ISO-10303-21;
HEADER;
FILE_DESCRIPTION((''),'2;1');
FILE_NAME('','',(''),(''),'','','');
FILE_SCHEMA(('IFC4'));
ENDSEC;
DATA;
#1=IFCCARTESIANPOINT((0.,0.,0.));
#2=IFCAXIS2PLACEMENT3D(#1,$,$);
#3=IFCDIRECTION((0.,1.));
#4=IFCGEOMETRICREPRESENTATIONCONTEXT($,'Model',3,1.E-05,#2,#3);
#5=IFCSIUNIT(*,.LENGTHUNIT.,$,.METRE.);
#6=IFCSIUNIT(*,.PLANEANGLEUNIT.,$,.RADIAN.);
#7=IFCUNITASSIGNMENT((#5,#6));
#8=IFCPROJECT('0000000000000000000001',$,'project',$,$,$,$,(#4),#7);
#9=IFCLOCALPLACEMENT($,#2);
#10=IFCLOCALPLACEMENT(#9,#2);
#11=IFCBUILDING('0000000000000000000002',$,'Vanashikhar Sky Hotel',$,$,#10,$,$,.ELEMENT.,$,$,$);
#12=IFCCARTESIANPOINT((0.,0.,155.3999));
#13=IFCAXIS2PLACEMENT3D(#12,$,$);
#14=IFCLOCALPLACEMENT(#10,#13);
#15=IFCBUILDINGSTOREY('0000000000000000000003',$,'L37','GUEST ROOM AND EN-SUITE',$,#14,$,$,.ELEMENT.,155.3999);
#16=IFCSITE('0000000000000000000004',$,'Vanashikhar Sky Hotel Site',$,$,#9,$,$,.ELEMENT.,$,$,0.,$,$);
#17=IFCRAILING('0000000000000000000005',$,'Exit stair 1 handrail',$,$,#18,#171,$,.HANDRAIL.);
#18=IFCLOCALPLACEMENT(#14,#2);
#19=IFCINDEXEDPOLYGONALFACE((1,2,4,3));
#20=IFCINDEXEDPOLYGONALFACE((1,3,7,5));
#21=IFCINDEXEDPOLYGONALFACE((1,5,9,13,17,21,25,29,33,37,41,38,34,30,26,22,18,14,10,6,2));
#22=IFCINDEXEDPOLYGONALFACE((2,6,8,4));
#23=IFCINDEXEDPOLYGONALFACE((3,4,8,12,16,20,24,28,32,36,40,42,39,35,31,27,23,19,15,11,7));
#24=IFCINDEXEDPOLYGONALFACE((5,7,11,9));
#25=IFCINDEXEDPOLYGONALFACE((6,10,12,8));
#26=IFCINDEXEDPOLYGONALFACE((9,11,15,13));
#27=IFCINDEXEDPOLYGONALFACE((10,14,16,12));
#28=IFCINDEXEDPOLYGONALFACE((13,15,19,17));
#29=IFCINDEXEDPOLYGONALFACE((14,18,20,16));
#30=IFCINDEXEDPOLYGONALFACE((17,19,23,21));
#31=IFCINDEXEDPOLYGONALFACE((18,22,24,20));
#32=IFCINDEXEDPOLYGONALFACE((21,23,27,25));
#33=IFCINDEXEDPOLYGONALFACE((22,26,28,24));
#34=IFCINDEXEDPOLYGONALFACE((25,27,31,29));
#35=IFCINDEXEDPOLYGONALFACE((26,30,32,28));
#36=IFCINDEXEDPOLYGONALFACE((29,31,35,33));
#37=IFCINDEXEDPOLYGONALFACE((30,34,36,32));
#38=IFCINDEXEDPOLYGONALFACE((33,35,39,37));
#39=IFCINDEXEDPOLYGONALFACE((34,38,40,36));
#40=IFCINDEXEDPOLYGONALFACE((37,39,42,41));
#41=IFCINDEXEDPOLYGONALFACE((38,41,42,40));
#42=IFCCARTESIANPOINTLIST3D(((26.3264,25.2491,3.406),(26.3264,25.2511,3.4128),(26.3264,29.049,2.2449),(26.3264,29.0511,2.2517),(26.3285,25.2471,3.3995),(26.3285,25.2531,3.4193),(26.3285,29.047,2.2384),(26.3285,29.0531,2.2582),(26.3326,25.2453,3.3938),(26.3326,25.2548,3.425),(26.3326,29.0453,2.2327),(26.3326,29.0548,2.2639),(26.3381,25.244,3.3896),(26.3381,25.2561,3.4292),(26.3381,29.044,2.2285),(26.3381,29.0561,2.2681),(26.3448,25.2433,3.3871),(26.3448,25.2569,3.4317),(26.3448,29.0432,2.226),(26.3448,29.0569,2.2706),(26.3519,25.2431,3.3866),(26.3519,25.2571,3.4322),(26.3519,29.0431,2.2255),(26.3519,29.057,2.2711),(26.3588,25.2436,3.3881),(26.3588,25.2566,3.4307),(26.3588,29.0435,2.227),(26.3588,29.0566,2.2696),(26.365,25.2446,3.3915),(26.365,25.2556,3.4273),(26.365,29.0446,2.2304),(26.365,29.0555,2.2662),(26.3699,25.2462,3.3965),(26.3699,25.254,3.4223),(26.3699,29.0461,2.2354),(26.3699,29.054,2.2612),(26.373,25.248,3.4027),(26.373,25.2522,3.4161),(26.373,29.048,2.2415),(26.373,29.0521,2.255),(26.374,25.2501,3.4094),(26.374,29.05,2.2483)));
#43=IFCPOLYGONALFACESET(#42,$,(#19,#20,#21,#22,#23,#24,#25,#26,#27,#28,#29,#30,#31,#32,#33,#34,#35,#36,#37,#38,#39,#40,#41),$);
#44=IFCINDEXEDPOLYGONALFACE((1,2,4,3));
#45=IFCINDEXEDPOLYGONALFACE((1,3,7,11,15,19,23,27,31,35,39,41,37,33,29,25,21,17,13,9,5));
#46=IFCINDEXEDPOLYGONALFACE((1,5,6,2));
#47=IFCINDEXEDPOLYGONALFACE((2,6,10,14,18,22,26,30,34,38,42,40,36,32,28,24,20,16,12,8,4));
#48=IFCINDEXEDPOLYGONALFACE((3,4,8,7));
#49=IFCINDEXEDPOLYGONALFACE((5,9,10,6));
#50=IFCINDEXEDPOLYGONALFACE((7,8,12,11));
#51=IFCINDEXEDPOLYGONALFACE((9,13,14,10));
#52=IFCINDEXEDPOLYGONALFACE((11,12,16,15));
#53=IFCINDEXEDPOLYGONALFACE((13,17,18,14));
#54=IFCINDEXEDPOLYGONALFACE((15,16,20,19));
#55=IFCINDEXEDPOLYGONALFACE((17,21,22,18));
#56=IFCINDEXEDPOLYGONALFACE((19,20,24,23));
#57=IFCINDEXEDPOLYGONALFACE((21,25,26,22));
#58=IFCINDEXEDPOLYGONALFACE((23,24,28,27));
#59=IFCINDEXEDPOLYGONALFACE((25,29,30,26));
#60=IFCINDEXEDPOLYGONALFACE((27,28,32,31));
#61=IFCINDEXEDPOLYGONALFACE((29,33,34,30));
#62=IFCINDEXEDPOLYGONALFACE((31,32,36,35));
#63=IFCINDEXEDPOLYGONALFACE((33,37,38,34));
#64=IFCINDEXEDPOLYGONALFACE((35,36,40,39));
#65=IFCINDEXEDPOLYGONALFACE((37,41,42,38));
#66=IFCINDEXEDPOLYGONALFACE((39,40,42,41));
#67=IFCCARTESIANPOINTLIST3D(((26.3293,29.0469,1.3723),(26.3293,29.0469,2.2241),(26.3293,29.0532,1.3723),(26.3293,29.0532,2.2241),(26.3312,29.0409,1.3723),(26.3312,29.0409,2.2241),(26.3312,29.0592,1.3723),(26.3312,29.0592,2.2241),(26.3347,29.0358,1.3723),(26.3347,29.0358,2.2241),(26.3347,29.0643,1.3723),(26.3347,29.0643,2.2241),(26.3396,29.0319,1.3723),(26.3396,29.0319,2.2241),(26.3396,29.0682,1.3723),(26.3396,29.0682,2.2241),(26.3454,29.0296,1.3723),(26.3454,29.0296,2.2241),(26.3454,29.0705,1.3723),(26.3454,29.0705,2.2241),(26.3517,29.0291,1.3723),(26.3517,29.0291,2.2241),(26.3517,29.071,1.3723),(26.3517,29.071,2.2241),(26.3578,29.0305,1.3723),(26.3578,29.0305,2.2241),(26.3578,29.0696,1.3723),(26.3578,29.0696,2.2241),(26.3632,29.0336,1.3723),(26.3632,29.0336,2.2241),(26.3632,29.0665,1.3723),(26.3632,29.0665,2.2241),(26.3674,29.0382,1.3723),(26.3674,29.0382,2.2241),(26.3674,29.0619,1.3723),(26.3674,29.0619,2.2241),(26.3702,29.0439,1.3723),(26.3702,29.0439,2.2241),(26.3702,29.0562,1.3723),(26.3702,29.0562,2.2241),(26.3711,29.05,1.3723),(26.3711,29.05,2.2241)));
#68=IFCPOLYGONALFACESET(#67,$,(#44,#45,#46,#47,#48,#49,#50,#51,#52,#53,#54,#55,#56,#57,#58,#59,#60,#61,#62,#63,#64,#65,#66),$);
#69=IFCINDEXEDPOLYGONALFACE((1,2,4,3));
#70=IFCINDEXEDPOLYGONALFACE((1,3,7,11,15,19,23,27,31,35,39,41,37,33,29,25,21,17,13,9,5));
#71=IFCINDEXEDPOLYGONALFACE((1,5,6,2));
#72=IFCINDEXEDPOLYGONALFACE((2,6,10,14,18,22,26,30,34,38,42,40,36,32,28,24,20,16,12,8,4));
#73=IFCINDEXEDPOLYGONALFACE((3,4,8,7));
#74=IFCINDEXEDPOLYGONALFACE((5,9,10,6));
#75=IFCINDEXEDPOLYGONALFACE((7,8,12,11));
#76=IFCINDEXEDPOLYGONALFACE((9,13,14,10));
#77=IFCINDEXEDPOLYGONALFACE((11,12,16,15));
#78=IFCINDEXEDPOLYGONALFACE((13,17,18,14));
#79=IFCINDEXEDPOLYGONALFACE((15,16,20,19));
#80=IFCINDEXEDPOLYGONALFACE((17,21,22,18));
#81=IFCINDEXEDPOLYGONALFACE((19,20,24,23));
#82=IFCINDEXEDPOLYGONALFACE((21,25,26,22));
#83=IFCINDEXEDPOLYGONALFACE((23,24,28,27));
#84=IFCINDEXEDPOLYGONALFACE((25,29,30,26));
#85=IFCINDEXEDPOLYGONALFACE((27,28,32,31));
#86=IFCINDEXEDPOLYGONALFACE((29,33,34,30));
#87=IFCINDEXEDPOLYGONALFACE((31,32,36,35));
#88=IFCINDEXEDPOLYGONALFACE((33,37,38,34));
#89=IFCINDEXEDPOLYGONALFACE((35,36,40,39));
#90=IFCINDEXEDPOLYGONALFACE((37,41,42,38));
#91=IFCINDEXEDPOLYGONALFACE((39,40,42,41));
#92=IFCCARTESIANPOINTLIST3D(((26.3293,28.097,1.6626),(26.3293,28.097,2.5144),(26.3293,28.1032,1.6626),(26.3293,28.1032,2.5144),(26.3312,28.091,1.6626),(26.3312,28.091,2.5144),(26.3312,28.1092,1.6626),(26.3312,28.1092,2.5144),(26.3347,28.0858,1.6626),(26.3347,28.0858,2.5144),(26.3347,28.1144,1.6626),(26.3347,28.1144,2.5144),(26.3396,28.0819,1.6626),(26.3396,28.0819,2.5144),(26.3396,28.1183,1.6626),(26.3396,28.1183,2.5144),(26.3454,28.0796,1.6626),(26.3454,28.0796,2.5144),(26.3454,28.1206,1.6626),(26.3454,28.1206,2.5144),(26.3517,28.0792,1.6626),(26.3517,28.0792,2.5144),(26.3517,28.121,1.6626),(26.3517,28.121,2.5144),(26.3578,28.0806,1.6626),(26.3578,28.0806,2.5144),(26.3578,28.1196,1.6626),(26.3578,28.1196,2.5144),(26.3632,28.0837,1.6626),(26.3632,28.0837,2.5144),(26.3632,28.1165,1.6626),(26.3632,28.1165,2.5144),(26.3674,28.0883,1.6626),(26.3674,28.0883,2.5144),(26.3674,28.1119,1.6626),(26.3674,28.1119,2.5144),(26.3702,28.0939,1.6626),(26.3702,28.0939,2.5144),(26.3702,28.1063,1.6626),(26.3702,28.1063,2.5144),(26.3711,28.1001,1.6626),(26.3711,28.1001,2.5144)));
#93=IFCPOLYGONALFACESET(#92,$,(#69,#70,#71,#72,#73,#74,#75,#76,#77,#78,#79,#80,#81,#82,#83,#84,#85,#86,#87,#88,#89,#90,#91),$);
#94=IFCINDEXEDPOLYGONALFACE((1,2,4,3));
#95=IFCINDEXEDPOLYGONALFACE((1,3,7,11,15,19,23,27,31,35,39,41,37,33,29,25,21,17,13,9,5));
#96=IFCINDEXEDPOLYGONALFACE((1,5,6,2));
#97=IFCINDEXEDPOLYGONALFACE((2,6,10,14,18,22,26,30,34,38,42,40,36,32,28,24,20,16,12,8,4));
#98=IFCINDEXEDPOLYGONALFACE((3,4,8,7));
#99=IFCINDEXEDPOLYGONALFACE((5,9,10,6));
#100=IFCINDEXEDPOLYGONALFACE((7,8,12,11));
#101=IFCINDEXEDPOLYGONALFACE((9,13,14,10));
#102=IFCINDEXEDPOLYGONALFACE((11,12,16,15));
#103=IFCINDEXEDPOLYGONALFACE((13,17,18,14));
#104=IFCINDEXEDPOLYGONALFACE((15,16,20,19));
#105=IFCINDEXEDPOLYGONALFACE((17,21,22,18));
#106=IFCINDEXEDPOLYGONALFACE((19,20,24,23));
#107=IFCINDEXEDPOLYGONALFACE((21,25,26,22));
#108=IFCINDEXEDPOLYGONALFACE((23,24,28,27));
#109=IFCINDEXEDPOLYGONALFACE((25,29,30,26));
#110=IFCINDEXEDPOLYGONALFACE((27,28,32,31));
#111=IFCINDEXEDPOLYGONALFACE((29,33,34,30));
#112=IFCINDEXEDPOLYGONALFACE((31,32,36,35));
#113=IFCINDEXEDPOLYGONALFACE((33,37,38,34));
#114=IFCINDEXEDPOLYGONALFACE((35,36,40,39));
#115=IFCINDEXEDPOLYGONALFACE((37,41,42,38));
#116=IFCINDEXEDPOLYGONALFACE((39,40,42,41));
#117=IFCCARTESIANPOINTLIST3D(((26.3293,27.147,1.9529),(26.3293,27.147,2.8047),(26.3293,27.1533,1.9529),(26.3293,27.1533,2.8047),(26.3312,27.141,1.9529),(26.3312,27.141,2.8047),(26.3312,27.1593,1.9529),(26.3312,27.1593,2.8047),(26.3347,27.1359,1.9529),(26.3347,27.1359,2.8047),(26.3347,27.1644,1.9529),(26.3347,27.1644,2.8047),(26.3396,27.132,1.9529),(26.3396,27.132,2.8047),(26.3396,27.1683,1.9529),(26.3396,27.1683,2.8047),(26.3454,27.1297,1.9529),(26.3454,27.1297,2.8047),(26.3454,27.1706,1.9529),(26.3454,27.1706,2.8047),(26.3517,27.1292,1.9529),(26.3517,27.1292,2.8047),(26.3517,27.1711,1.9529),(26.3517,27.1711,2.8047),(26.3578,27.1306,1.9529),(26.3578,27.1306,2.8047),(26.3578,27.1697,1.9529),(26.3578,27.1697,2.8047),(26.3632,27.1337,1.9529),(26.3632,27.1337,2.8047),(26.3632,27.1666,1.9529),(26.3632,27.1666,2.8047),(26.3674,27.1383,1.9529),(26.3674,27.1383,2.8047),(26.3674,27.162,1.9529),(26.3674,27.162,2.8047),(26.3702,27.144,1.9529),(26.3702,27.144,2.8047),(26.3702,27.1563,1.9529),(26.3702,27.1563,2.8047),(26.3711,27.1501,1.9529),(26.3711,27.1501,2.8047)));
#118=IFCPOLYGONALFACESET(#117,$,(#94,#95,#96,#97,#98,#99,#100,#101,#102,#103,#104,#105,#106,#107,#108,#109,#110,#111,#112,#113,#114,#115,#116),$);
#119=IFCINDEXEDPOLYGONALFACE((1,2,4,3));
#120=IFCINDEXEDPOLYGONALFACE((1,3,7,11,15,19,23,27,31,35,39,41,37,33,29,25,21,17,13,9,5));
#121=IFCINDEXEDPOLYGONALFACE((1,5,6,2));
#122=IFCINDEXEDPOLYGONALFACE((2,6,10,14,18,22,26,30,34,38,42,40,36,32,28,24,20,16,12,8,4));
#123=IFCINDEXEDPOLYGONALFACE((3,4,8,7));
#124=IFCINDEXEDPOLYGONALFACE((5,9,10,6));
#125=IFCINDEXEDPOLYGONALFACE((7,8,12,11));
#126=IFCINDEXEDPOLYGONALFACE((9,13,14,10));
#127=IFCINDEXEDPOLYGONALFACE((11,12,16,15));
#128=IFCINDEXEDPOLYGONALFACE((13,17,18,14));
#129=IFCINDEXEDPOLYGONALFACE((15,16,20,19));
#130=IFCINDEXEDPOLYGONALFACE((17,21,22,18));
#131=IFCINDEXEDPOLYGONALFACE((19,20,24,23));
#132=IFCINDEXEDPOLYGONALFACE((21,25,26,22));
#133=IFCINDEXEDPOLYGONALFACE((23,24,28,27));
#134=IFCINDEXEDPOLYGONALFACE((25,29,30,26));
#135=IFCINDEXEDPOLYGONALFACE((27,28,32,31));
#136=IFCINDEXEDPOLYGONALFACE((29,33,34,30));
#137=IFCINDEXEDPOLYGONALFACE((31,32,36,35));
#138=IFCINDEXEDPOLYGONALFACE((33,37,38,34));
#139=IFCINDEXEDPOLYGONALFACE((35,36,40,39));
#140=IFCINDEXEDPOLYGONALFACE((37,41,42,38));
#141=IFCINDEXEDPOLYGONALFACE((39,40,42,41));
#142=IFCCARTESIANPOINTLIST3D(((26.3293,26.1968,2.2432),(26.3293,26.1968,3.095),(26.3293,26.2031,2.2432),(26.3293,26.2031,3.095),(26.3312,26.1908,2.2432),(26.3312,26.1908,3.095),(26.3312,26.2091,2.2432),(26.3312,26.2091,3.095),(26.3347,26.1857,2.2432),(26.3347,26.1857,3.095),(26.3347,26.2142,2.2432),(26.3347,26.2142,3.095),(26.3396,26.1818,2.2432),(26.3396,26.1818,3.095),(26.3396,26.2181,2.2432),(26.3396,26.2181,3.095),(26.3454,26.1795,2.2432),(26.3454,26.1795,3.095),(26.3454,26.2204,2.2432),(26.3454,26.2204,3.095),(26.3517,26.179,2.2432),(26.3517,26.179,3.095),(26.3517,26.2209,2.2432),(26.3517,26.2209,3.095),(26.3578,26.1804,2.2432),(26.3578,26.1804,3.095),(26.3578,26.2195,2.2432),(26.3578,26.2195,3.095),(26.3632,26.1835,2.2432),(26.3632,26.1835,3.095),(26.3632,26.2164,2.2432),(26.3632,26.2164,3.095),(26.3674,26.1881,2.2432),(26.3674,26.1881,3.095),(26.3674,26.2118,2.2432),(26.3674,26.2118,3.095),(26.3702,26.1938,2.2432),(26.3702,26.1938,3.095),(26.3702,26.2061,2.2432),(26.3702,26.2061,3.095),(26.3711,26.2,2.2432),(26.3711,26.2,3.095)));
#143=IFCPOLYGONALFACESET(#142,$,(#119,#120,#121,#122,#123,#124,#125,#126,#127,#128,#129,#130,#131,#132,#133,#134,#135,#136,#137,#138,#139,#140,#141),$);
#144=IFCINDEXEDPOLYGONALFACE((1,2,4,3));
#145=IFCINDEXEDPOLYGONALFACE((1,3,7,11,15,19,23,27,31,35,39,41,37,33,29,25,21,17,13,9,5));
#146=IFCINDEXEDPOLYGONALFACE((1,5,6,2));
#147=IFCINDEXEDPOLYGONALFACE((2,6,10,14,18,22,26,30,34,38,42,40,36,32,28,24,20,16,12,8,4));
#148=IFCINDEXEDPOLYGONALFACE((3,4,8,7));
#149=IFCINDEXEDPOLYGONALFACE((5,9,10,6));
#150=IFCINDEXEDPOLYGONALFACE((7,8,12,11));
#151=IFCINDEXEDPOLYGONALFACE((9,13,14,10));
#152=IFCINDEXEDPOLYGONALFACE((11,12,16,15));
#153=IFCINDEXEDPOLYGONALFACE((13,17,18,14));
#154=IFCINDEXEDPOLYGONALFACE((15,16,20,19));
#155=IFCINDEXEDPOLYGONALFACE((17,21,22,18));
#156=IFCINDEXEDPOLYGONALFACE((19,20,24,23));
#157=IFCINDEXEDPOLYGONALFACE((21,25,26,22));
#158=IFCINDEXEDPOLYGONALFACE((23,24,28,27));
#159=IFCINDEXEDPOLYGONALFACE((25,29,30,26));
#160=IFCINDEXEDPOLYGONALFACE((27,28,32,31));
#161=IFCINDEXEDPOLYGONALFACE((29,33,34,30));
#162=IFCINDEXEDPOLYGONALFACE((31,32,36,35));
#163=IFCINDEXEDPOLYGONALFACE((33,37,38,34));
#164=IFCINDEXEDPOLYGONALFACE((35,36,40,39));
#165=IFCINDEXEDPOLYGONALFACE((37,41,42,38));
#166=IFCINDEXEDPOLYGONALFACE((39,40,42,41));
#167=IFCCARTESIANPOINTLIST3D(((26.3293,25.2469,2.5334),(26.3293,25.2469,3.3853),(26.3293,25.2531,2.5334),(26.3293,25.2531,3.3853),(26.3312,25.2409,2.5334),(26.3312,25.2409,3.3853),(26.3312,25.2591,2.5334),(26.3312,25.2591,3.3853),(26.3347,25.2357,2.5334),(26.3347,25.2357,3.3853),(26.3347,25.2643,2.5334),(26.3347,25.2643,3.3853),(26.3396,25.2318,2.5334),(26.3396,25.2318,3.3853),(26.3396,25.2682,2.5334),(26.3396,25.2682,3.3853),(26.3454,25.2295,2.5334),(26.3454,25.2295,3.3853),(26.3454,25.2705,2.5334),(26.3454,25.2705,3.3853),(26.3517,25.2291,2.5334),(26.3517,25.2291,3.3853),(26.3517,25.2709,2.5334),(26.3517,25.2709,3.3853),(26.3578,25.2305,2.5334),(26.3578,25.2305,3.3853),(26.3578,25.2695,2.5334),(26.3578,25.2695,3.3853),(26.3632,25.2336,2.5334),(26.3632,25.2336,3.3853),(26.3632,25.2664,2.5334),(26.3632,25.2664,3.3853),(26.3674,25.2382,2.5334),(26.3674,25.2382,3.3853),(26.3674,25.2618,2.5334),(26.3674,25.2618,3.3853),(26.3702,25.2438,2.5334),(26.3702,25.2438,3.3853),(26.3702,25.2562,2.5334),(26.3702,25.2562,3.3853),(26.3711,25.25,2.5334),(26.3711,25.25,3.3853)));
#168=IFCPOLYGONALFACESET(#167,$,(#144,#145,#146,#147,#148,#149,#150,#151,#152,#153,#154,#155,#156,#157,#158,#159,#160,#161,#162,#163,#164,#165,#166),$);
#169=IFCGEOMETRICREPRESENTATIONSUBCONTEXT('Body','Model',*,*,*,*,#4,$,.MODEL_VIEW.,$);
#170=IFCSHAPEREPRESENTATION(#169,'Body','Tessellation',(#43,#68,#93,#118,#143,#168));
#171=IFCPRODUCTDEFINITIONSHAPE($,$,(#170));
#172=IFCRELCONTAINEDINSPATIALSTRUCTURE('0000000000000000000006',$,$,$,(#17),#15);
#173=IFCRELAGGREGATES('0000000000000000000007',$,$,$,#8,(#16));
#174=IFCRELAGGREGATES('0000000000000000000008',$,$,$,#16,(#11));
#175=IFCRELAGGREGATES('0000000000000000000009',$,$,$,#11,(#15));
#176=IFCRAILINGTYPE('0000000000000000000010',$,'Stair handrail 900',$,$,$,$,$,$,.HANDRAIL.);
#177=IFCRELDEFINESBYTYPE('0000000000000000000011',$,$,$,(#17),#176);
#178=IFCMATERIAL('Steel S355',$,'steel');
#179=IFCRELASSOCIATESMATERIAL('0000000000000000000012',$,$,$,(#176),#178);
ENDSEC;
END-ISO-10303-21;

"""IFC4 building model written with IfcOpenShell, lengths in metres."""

from ifc_helpers import new_model, si_unit, direction, frame, origin, origin_2d, place, context, subcontext, project, spatial, circle, extrude, source, transform, mapped, material, type_object, element, save


model = new_model("IFC4")

# Units and contexts
model_context = context("Model", 3, precision=1e-05, world=origin(), true_north=direction((0.0, 1.0)))
body_context = subcontext(model_context, "Body", "Model", "MODEL_VIEW")
ifc_project = project(units=[si_unit("LENGTHUNIT", "METRE"), si_unit("PLANEANGLEUNIT", "RADIAN")], contexts=[model_context])

# Site, building, storey
site_placement = place(None, origin())
site = spatial("IfcSite", under=ifc_project, at=site_placement, Name="Vanashikhar Sky Hotel Site", CompositionType="ELEMENT", RefElevation=0.0)
building_placement = place(site_placement, origin())
building = spatial("IfcBuilding", under=site, at=building_placement, Name="Vanashikhar Sky Hotel", CompositionType="ELEMENT")
storey_placement = place(building_placement, frame((0.0, 0.0, 155.3999)))
storey = spatial("IfcBuildingStorey", under=building, at=storey_placement, Name="L37", Description="GUEST ROOM AND EN-SUITE", CompositionType="ELEMENT", Elevation=155.3999)

# Railing
ifc_material_1 = material(Name="Steel S355", Category="steel")
railing_type_1 = type_object("IfcRailingType", Name="Stair handrail 900", PredefinedType="HANDRAIL", material=ifc_material_1)
shared_shape_1 = source(origin(), body_context, "Body", "SweptSolid", [
    extrude(circle(Radius=0.0239, at=origin_2d()), frame((0.0, 0.0, 0.876), z_axis=(0.0, -0.956351, 0.29222), x_axis=(1.0, 0.0, 0.0)), (0.0, 0.0, 1.0), 3.9734),
    extrude(circle(Radius=0.021, at=origin_2d()), origin(), (0.0, 0.0, 1.0), 0.8518),
    extrude(circle(Radius=0.021, at=origin_2d()), frame((0.0, -0.95, 0.2903)), (0.0, 0.0, 1.0), 0.8518),
    extrude(circle(Radius=0.021, at=origin_2d()), frame((0.0, -1.8999, 0.5806)), (0.0, 0.0, 1.0), 0.8518),
    extrude(circle(Radius=0.021, at=origin_2d()), frame((0.0, -2.8501, 0.8708)), (0.0, 0.0, 1.0), 0.8518),
    extrude(circle(Radius=0.021, at=origin_2d()), frame((0.0, -3.8, 1.1611)), (0.0, 0.0, 1.0), 0.8518),
])
railing_1_placement = place(storey_placement, frame((26.3501, 29.05, 1.3723)))
element("IfcRailing", 1, at=railing_1_placement, inside=storey, type_object=railing_type_1, Name="Exit stair 1 handrail", PredefinedType="HANDRAIL", context=body_context, shape_type="MappedRepresentation", body=[
    mapped(shared_shape_1, transform((0.0, 0.0, 0.0), scale=1.0)),
])

save(model, "model.ifc")
